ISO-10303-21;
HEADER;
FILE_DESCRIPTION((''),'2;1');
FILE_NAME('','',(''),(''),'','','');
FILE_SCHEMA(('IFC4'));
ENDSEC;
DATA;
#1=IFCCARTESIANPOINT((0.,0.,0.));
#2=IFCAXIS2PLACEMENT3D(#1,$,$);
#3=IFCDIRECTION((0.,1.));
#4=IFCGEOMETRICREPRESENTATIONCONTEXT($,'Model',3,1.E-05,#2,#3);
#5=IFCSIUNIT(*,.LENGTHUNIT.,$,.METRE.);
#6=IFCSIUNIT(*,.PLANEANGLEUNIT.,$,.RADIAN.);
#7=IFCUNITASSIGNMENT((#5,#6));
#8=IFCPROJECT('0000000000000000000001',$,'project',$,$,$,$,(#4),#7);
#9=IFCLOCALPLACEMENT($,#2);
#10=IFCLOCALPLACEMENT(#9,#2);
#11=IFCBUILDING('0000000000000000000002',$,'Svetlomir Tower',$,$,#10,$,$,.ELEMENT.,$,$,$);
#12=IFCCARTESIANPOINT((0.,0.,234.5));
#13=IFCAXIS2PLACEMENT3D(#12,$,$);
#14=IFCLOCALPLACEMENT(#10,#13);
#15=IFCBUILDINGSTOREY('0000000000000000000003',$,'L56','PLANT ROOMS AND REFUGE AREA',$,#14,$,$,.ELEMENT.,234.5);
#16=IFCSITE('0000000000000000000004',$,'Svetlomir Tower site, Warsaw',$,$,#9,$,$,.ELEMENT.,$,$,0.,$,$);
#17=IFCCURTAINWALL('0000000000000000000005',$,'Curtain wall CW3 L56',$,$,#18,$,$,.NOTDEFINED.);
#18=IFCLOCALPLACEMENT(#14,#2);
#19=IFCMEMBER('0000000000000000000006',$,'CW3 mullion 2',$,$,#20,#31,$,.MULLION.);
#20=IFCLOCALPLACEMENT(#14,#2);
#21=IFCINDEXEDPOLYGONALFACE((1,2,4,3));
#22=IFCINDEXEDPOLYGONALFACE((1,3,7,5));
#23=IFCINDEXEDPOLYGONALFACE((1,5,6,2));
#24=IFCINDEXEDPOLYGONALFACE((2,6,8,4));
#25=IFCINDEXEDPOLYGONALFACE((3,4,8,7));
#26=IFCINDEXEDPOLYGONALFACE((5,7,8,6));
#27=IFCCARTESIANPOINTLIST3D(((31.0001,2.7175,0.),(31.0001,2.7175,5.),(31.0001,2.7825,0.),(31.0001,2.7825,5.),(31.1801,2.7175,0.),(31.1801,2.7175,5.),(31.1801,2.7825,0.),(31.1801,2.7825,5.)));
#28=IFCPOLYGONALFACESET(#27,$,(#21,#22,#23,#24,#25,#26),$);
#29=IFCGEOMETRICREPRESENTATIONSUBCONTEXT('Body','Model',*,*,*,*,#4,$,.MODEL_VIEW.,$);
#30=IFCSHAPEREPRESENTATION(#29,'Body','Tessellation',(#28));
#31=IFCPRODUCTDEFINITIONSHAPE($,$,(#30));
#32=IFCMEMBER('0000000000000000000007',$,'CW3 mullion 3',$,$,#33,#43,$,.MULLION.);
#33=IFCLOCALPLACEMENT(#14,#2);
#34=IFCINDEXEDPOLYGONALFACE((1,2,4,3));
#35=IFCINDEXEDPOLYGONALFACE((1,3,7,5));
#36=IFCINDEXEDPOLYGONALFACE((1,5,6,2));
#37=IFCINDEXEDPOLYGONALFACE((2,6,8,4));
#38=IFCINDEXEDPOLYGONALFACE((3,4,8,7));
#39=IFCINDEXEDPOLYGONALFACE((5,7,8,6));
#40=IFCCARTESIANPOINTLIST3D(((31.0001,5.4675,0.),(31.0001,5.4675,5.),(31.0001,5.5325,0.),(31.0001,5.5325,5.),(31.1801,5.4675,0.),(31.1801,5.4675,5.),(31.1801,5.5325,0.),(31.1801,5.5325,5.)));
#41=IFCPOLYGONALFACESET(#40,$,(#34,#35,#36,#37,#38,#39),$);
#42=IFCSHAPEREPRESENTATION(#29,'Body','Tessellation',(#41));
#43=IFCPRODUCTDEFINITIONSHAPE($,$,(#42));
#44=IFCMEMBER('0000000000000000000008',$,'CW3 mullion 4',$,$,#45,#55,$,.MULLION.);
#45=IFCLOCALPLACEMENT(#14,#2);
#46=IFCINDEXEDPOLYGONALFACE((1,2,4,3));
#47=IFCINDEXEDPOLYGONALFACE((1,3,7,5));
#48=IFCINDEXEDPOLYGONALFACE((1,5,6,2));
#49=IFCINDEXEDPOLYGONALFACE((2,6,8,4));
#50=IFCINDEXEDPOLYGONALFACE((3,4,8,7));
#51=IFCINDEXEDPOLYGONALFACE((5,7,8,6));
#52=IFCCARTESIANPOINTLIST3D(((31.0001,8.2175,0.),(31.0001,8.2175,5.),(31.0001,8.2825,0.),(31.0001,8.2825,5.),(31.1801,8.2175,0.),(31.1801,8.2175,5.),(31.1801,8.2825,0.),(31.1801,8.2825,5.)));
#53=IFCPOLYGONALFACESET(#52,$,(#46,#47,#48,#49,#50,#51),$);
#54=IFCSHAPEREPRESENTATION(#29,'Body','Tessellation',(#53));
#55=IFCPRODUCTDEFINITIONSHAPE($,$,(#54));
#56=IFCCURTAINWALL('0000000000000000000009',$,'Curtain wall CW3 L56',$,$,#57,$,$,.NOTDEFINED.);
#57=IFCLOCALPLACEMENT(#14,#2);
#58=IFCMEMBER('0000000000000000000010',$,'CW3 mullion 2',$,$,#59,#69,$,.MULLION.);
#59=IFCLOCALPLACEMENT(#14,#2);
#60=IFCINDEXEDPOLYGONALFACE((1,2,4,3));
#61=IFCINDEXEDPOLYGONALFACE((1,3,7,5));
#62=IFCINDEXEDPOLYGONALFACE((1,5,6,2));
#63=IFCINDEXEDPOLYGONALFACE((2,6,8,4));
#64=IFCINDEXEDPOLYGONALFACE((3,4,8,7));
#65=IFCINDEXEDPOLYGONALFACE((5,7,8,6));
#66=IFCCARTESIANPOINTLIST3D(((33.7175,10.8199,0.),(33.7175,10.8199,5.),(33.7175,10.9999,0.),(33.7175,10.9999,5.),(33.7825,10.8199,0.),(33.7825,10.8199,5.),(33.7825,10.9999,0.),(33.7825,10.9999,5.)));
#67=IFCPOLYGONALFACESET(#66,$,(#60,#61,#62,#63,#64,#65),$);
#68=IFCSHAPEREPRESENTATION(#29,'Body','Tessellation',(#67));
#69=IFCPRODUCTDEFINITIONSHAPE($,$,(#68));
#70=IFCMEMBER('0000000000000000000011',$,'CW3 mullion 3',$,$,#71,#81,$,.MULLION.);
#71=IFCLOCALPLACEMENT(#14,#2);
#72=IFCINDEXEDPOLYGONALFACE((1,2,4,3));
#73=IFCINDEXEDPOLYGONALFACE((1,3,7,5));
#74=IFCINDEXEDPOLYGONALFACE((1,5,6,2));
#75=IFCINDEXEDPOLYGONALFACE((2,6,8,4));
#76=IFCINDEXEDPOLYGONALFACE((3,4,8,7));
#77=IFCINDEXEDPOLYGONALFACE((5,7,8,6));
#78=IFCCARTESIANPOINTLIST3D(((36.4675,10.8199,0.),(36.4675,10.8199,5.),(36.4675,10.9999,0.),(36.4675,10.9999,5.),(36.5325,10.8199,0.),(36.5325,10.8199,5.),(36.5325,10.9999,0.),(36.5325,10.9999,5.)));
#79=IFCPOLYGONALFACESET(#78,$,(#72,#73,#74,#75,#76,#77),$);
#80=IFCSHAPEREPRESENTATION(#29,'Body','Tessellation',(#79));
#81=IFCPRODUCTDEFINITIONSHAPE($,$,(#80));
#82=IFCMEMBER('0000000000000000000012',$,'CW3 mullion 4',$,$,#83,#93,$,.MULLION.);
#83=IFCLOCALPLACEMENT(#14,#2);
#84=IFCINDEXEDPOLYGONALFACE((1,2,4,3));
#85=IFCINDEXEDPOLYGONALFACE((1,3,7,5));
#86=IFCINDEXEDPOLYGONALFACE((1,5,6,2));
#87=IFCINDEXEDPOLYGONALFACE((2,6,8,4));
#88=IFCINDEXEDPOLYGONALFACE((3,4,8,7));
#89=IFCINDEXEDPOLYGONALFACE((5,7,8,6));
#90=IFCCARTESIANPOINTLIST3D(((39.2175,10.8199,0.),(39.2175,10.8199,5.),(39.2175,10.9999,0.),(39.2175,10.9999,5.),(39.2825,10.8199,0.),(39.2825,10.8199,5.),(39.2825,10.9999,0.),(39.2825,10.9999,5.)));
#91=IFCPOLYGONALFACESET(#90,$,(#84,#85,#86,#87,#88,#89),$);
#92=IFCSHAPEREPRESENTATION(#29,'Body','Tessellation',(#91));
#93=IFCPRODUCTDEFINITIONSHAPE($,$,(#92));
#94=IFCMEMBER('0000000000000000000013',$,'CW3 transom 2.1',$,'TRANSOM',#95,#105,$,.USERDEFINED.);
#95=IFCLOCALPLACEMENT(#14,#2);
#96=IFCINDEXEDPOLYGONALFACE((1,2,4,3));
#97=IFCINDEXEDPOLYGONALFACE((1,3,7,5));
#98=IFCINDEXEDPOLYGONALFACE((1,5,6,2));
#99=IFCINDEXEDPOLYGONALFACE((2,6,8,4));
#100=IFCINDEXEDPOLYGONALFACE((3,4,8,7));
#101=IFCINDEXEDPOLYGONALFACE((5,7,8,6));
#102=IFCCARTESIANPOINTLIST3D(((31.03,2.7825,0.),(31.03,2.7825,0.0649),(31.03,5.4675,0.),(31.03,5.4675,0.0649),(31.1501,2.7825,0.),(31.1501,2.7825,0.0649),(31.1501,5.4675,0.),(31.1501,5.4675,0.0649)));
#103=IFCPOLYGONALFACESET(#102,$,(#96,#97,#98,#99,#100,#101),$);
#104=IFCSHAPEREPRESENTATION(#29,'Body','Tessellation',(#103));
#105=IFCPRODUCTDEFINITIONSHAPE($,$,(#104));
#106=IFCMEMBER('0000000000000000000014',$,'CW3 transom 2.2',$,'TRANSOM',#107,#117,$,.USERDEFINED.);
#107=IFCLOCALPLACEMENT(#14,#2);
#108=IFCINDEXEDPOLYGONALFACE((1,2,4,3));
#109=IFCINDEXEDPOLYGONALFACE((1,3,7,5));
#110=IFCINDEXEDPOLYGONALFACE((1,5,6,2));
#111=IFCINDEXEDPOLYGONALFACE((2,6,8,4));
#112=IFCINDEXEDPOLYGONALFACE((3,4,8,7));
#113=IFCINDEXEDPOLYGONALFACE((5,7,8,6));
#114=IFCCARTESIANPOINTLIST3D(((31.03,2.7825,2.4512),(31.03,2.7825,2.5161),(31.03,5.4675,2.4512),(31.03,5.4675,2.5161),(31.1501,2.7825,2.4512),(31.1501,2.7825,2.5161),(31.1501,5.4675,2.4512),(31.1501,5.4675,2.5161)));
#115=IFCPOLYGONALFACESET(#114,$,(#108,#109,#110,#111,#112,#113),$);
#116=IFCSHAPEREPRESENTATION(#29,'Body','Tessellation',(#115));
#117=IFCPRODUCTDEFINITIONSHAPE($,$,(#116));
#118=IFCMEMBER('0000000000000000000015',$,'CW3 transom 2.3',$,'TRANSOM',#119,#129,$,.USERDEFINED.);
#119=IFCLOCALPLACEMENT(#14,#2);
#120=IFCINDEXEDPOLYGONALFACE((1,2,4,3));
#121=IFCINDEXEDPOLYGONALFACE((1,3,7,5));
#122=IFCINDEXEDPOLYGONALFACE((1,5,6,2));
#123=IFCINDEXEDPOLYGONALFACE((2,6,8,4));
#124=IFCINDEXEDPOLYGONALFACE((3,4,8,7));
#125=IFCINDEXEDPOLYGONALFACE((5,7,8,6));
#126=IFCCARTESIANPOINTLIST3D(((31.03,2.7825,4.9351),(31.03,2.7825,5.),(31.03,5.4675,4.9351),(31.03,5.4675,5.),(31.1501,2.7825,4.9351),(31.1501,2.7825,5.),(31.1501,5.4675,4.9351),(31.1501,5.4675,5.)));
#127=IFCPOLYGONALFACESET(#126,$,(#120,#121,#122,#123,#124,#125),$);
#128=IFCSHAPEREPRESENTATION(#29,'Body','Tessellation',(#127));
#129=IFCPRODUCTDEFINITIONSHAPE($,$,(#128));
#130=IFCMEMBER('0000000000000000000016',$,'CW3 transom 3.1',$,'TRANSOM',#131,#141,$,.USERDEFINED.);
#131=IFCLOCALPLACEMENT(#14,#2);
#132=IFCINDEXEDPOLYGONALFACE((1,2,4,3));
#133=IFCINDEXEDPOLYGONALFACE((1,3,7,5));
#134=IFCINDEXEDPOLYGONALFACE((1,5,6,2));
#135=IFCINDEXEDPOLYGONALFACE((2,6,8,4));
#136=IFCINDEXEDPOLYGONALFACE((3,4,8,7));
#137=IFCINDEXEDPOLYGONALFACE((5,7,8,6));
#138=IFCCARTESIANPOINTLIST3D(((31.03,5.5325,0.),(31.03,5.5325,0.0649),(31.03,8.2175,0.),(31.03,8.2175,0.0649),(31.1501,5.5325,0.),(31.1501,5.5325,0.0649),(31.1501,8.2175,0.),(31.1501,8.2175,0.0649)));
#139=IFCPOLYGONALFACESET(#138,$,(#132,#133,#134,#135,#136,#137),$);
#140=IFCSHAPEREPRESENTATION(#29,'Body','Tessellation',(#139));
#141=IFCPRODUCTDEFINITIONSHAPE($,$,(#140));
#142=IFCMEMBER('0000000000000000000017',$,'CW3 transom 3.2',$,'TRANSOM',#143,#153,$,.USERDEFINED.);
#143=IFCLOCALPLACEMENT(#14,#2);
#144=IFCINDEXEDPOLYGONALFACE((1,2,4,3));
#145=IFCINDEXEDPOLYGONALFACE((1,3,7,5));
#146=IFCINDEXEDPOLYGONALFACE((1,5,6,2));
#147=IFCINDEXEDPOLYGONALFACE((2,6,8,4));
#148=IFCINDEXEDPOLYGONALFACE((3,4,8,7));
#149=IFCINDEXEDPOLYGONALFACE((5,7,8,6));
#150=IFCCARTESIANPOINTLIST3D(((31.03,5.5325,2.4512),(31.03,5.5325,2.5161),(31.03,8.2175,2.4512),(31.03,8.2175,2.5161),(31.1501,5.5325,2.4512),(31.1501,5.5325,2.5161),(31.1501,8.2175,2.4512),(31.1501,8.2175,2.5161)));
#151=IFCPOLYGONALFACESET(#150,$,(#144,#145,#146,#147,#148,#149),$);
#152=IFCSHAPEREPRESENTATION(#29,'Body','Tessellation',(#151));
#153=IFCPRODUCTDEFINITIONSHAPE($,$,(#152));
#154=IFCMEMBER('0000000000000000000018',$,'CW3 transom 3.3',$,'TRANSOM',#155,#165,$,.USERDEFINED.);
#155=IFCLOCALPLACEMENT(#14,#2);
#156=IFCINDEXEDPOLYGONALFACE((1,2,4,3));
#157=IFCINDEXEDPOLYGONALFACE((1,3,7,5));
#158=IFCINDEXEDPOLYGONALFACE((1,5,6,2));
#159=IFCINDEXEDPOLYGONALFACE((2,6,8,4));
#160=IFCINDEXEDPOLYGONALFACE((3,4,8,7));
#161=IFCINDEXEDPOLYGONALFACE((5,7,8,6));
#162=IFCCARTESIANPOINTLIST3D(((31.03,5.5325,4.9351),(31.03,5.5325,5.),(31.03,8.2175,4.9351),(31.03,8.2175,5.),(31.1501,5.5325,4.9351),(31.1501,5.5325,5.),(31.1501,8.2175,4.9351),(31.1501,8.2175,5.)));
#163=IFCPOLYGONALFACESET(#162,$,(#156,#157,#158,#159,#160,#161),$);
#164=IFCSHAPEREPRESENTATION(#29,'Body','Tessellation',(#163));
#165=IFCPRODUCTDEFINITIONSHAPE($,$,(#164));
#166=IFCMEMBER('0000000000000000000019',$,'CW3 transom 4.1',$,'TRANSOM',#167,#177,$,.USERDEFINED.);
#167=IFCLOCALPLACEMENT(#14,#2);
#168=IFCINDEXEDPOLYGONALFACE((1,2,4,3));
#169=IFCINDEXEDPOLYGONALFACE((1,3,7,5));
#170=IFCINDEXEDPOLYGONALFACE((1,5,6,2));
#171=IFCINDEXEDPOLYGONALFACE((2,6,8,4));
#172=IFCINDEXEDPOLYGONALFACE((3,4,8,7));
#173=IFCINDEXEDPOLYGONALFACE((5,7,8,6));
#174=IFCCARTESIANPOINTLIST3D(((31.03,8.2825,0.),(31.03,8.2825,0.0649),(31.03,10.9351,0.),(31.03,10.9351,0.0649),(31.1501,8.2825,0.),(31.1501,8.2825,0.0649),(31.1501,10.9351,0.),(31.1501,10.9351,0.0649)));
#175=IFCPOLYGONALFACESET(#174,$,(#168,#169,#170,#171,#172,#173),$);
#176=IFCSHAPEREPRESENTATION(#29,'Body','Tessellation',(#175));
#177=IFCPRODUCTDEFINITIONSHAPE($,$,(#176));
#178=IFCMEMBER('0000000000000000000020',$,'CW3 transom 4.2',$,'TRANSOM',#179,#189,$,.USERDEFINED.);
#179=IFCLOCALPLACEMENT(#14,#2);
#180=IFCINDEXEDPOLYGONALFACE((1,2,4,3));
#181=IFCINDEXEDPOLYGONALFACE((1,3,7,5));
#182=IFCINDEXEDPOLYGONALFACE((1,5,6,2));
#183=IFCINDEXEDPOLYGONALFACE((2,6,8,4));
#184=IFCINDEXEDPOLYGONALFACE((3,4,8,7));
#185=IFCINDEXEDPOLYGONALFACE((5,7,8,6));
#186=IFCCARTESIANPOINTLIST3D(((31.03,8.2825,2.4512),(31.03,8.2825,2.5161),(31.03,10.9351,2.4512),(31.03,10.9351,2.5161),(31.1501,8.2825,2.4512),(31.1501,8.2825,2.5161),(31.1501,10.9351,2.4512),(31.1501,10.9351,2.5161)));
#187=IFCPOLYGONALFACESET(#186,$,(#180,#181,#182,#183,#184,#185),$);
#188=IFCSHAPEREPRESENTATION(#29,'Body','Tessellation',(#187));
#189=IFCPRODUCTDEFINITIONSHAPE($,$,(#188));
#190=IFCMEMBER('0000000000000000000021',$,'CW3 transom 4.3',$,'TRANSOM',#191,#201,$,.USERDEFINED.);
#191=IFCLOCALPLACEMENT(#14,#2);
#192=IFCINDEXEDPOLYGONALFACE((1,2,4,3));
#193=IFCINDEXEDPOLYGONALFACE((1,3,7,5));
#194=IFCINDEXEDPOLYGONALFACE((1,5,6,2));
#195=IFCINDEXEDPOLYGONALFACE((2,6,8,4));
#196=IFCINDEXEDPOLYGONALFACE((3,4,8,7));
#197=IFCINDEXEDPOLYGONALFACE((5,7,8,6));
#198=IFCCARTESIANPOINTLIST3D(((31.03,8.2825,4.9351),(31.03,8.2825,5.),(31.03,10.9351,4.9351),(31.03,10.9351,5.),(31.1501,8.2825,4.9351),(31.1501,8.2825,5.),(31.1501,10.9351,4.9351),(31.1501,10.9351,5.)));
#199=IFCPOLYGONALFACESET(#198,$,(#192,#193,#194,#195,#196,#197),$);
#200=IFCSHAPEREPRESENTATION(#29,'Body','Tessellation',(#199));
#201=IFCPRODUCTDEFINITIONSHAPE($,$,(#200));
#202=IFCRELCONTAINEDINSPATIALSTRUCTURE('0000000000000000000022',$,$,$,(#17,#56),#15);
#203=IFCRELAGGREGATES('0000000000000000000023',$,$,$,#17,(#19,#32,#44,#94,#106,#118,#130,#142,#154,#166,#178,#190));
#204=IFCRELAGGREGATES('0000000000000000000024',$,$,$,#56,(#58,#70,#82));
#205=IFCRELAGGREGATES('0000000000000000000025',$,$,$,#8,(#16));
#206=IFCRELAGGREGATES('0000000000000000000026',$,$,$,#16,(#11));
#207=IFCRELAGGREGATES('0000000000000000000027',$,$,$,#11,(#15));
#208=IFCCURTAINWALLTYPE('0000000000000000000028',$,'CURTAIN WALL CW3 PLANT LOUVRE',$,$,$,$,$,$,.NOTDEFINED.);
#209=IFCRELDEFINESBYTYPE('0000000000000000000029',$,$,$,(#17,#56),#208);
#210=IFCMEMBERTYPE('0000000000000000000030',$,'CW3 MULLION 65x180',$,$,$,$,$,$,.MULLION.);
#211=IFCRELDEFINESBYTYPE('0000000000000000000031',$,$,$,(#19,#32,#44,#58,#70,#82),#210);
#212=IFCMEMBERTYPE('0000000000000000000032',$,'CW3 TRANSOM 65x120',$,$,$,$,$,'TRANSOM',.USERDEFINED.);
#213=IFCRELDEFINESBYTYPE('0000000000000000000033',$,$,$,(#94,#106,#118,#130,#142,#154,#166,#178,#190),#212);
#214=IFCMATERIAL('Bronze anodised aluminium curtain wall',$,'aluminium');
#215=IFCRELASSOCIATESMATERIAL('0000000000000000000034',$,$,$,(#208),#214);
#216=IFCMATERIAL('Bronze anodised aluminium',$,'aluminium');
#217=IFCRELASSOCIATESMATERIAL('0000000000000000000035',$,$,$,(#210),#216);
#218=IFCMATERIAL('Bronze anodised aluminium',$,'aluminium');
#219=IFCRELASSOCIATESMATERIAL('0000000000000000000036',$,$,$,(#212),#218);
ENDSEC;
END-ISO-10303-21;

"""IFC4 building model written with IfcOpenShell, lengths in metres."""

from ifc_helpers import new_model, si_unit, direction, frame, origin, origin_2d, place, context, subcontext, project, spatial, rectangle, extrude, material, material_profile, profile_set, type_object, element, aggregate, save


model = new_model("IFC4")

# Units and contexts
model_context = context("Model", 3, precision=1e-05, world=origin(), true_north=direction((0.0, 1.0)))
body_context = subcontext(model_context, "Body", "Model", "MODEL_VIEW")
ifc_project = project(units=[si_unit("LENGTHUNIT", "METRE"), si_unit("PLANEANGLEUNIT", "RADIAN")], contexts=[model_context])

# Site, building, storey
site_placement = place(None, origin())
site = spatial("IfcSite", under=ifc_project, at=site_placement, Name="Svetlomir Tower site, Warsaw", CompositionType="ELEMENT", RefElevation=0.0)
building_placement = place(site_placement, origin())
building = spatial("IfcBuilding", under=site, at=building_placement, Name="Svetlomir Tower", CompositionType="ELEMENT")
storey_placement = place(building_placement, frame((0.0, 0.0, 234.5)))
storey = spatial("IfcBuildingStorey", under=building, at=storey_placement, Name="L56", Description="PLANT ROOMS AND REFUGE AREA", CompositionType="ELEMENT", Elevation=234.5)

# Curtain walls, members
ifc_material_1 = material(Name="Bronze anodised aluminium curtain wall", Category="aluminium")
curtain_wall_type = type_object("IfcCurtainWallType", Name="CURTAIN WALL CW3 PLANT LOUVRE", PredefinedType="NOTDEFINED", material=ifc_material_1)
curtain_wall_1_placement = place(storey_placement, origin())
curtain_wall_1 = element("IfcCurtainWall", 1, at=curtain_wall_1_placement, inside=storey, type_object=curtain_wall_type, Name="Curtain wall CW3 L56", PredefinedType="NOTDEFINED")
ifc_material_2 = material(Name="Bronze anodised aluminium", Category="aluminium")
ifc_material_profile_1 = material_profile(ifc_material_2, rectangle(XDim=0.0649, YDim=0.1799, at=origin_2d()), Name="AL 65x180")
ifc_profile_set_1 = profile_set([ifc_material_profile_1], Name="Bronze anodised aluminium 6063-T6")
member_type_1 = type_object("IfcMemberType", Name="CW3 MULLION 65x180", PredefinedType="MULLION", material=ifc_profile_set_1)
member_1_placement = place(storey_placement, frame((31.0901, 2.75, 0.0), z_axis=(0.0, 0.0, 1.0), x_axis=(0.0, 1.0, 0.0)))
member_1 = element("IfcMember", 2, at=member_1_placement, type_object=member_type_1, Name="CW3 mullion 2", PredefinedType="MULLION", context=body_context, shape_type="SweptSolid", body=[
    extrude(rectangle(XDim=0.0649, YDim=0.1799, at=origin_2d()), origin(), (0.0, 0.0, 1.0), 5.0),
])
member_2_placement = place(storey_placement, frame((31.0901, 5.5, 0.0), z_axis=(0.0, 0.0, 1.0), x_axis=(0.0, 1.0, 0.0)))
member_2 = element("IfcMember", 3, at=member_2_placement, type_object=member_type_1, Name="CW3 mullion 3", PredefinedType="MULLION", context=body_context, shape_type="SweptSolid", body=[
    extrude(rectangle(XDim=0.0649, YDim=0.1799, at=origin_2d()), origin(), (0.0, 0.0, 1.0), 5.0),
])
member_3_placement = place(storey_placement, frame((31.0901, 8.25, 0.0), z_axis=(0.0, 0.0, 1.0), x_axis=(0.0, 1.0, 0.0)))
member_3 = element("IfcMember", 4, at=member_3_placement, type_object=member_type_1, Name="CW3 mullion 4", PredefinedType="MULLION", context=body_context, shape_type="SweptSolid", body=[
    extrude(rectangle(XDim=0.0649, YDim=0.1799, at=origin_2d()), origin(), (0.0, 0.0, 1.0), 5.0),
])
curtain_wall_2_placement = place(storey_placement, origin())
curtain_wall_2 = element("IfcCurtainWall", 5, at=curtain_wall_2_placement, inside=storey, type_object=curtain_wall_type, Name="Curtain wall CW3 L56", PredefinedType="NOTDEFINED")
member_4_placement = place(storey_placement, frame((33.75, 10.9099, 0.0), z_axis=(0.0, 0.0, 1.0), x_axis=(1.0, 0.0, 0.0)))
member_4 = element("IfcMember", 6, at=member_4_placement, type_object=member_type_1, Name="CW3 mullion 2", PredefinedType="MULLION", context=body_context, shape_type="SweptSolid", body=[
    extrude(rectangle(XDim=0.0649, YDim=0.1799, at=origin_2d()), origin(), (0.0, 0.0, 1.0), 5.0),
])
member_5_placement = place(storey_placement, frame((36.5, 10.9099, 0.0), z_axis=(0.0, 0.0, 1.0), x_axis=(1.0, 0.0, 0.0)))
member_5 = element("IfcMember", 7, at=member_5_placement, type_object=member_type_1, Name="CW3 mullion 3", PredefinedType="MULLION", context=body_context, shape_type="SweptSolid", body=[
    extrude(rectangle(XDim=0.0649, YDim=0.1799, at=origin_2d()), origin(), (0.0, 0.0, 1.0), 5.0),
])
member_6_placement = place(storey_placement, frame((39.25, 10.9099, 0.0), z_axis=(0.0, 0.0, 1.0), x_axis=(1.0, 0.0, 0.0)))
member_6 = element("IfcMember", 8, at=member_6_placement, type_object=member_type_1, Name="CW3 mullion 4", PredefinedType="MULLION", context=body_context, shape_type="SweptSolid", body=[
    extrude(rectangle(XDim=0.0649, YDim=0.1799, at=origin_2d()), origin(), (0.0, 0.0, 1.0), 5.0),
])

# Members
ifc_material_3 = material(Name="Bronze anodised aluminium", Category="aluminium")
ifc_material_profile_2 = material_profile(ifc_material_3, rectangle(XDim=0.1201, YDim=0.0649, at=origin_2d()), Name="AL 120x65")
ifc_profile_set_2 = profile_set([ifc_material_profile_2], Name="Bronze anodised aluminium 6063-T6")
member_type_2 = type_object("IfcMemberType", Name="CW3 TRANSOM 65x120", ElementType="TRANSOM", PredefinedType="USERDEFINED", material=ifc_profile_set_2)
member_7_placement = place(storey_placement, frame((31.0901, 2.7825, 0.0325), z_axis=(0.0, 1.0, 0.0), x_axis=(-1.0, 0.0, 0.0)))
member_7 = element("IfcMember", 9, at=member_7_placement, type_object=member_type_2, Name="CW3 transom 2.1", ObjectType="TRANSOM", PredefinedType="USERDEFINED", context=body_context, shape_type="SweptSolid", body=[
    extrude(rectangle(XDim=0.1201, YDim=0.0649, at=origin_2d()), origin(), (0.0, 0.0, 1.0), 2.6851),
])
member_8_placement = place(storey_placement, frame((31.0901, 2.7825, 2.4836), z_axis=(0.0, 1.0, 0.0), x_axis=(-1.0, 0.0, 0.0)))
member_8 = element("IfcMember", 10, at=member_8_placement, type_object=member_type_2, Name="CW3 transom 2.2", ObjectType="TRANSOM", PredefinedType="USERDEFINED", context=body_context, shape_type="SweptSolid", body=[
    extrude(rectangle(XDim=0.1201, YDim=0.0649, at=origin_2d()), origin(), (0.0, 0.0, 1.0), 2.6851),
])
member_9_placement = place(storey_placement, frame((31.0901, 2.7825, 4.9675), z_axis=(0.0, 1.0, 0.0), x_axis=(-1.0, 0.0, 0.0)))
member_9 = element("IfcMember", 11, at=member_9_placement, type_object=member_type_2, Name="CW3 transom 2.3", ObjectType="TRANSOM", PredefinedType="USERDEFINED", context=body_context, shape_type="SweptSolid", body=[
    extrude(rectangle(XDim=0.1201, YDim=0.0649, at=origin_2d()), origin(), (0.0, 0.0, 1.0), 2.6851),
])
member_10_placement = place(storey_placement, frame((31.0901, 5.5325, 0.0325), z_axis=(0.0, 1.0, 0.0), x_axis=(-1.0, 0.0, 0.0)))
member_10 = element("IfcMember", 12, at=member_10_placement, type_object=member_type_2, Name="CW3 transom 3.1", ObjectType="TRANSOM", PredefinedType="USERDEFINED", context=body_context, shape_type="SweptSolid", body=[
    extrude(rectangle(XDim=0.1201, YDim=0.0649, at=origin_2d()), origin(), (0.0, 0.0, 1.0), 2.6851),
])
member_11_placement = place(storey_placement, frame((31.0901, 5.5325, 2.4836), z_axis=(0.0, 1.0, 0.0), x_axis=(-1.0, 0.0, 0.0)))
member_11 = element("IfcMember", 13, at=member_11_placement, type_object=member_type_2, Name="CW3 transom 3.2", ObjectType="TRANSOM", PredefinedType="USERDEFINED", context=body_context, shape_type="SweptSolid", body=[
    extrude(rectangle(XDim=0.1201, YDim=0.0649, at=origin_2d()), origin(), (0.0, 0.0, 1.0), 2.6851),
])
member_12_placement = place(storey_placement, frame((31.0901, 5.5325, 4.9675), z_axis=(0.0, 1.0, 0.0), x_axis=(-1.0, 0.0, 0.0)))
member_12 = element("IfcMember", 14, at=member_12_placement, type_object=member_type_2, Name="CW3 transom 3.3", ObjectType="TRANSOM", PredefinedType="USERDEFINED", context=body_context, shape_type="SweptSolid", body=[
    extrude(rectangle(XDim=0.1201, YDim=0.0649, at=origin_2d()), origin(), (0.0, 0.0, 1.0), 2.6851),
])
member_13_placement = place(storey_placement, frame((31.0901, 8.2825, 0.0325), z_axis=(0.0, 1.0, 0.0), x_axis=(-1.0, 0.0, 0.0)))
member_13 = element("IfcMember", 15, at=member_13_placement, type_object=member_type_2, Name="CW3 transom 4.1", ObjectType="TRANSOM", PredefinedType="USERDEFINED", context=body_context, shape_type="SweptSolid", body=[
    extrude(rectangle(XDim=0.1201, YDim=0.0649, at=origin_2d()), origin(), (0.0, 0.0, 1.0), 2.6526),
])
member_14_placement = place(storey_placement, frame((31.0901, 8.2825, 2.4836), z_axis=(0.0, 1.0, 0.0), x_axis=(-1.0, 0.0, 0.0)))
member_14 = element("IfcMember", 16, at=member_14_placement, type_object=member_type_2, Name="CW3 transom 4.2", ObjectType="TRANSOM", PredefinedType="USERDEFINED", context=body_context, shape_type="SweptSolid", body=[
    extrude(rectangle(XDim=0.1201, YDim=0.0649, at=origin_2d()), origin(), (0.0, 0.0, 1.0), 2.6526),
])
member_15_placement = place(storey_placement, frame((31.0901, 8.2825, 4.9675), z_axis=(0.0, 1.0, 0.0), x_axis=(-1.0, 0.0, 0.0)))
member_15 = element("IfcMember", 17, at=member_15_placement, type_object=member_type_2, Name="CW3 transom 4.3", ObjectType="TRANSOM", PredefinedType="USERDEFINED", context=body_context, shape_type="SweptSolid", body=[
    extrude(rectangle(XDim=0.1201, YDim=0.0649, at=origin_2d()), origin(), (0.0, 0.0, 1.0), 2.6526),
])

aggregate(curtain_wall_1, [member_1, member_2, member_3, member_7, member_8, member_9, member_10, member_11, member_12, member_13, member_14, member_15])
aggregate(curtain_wall_2, [member_4, member_5, member_6])

save(model, "model.ifc")
